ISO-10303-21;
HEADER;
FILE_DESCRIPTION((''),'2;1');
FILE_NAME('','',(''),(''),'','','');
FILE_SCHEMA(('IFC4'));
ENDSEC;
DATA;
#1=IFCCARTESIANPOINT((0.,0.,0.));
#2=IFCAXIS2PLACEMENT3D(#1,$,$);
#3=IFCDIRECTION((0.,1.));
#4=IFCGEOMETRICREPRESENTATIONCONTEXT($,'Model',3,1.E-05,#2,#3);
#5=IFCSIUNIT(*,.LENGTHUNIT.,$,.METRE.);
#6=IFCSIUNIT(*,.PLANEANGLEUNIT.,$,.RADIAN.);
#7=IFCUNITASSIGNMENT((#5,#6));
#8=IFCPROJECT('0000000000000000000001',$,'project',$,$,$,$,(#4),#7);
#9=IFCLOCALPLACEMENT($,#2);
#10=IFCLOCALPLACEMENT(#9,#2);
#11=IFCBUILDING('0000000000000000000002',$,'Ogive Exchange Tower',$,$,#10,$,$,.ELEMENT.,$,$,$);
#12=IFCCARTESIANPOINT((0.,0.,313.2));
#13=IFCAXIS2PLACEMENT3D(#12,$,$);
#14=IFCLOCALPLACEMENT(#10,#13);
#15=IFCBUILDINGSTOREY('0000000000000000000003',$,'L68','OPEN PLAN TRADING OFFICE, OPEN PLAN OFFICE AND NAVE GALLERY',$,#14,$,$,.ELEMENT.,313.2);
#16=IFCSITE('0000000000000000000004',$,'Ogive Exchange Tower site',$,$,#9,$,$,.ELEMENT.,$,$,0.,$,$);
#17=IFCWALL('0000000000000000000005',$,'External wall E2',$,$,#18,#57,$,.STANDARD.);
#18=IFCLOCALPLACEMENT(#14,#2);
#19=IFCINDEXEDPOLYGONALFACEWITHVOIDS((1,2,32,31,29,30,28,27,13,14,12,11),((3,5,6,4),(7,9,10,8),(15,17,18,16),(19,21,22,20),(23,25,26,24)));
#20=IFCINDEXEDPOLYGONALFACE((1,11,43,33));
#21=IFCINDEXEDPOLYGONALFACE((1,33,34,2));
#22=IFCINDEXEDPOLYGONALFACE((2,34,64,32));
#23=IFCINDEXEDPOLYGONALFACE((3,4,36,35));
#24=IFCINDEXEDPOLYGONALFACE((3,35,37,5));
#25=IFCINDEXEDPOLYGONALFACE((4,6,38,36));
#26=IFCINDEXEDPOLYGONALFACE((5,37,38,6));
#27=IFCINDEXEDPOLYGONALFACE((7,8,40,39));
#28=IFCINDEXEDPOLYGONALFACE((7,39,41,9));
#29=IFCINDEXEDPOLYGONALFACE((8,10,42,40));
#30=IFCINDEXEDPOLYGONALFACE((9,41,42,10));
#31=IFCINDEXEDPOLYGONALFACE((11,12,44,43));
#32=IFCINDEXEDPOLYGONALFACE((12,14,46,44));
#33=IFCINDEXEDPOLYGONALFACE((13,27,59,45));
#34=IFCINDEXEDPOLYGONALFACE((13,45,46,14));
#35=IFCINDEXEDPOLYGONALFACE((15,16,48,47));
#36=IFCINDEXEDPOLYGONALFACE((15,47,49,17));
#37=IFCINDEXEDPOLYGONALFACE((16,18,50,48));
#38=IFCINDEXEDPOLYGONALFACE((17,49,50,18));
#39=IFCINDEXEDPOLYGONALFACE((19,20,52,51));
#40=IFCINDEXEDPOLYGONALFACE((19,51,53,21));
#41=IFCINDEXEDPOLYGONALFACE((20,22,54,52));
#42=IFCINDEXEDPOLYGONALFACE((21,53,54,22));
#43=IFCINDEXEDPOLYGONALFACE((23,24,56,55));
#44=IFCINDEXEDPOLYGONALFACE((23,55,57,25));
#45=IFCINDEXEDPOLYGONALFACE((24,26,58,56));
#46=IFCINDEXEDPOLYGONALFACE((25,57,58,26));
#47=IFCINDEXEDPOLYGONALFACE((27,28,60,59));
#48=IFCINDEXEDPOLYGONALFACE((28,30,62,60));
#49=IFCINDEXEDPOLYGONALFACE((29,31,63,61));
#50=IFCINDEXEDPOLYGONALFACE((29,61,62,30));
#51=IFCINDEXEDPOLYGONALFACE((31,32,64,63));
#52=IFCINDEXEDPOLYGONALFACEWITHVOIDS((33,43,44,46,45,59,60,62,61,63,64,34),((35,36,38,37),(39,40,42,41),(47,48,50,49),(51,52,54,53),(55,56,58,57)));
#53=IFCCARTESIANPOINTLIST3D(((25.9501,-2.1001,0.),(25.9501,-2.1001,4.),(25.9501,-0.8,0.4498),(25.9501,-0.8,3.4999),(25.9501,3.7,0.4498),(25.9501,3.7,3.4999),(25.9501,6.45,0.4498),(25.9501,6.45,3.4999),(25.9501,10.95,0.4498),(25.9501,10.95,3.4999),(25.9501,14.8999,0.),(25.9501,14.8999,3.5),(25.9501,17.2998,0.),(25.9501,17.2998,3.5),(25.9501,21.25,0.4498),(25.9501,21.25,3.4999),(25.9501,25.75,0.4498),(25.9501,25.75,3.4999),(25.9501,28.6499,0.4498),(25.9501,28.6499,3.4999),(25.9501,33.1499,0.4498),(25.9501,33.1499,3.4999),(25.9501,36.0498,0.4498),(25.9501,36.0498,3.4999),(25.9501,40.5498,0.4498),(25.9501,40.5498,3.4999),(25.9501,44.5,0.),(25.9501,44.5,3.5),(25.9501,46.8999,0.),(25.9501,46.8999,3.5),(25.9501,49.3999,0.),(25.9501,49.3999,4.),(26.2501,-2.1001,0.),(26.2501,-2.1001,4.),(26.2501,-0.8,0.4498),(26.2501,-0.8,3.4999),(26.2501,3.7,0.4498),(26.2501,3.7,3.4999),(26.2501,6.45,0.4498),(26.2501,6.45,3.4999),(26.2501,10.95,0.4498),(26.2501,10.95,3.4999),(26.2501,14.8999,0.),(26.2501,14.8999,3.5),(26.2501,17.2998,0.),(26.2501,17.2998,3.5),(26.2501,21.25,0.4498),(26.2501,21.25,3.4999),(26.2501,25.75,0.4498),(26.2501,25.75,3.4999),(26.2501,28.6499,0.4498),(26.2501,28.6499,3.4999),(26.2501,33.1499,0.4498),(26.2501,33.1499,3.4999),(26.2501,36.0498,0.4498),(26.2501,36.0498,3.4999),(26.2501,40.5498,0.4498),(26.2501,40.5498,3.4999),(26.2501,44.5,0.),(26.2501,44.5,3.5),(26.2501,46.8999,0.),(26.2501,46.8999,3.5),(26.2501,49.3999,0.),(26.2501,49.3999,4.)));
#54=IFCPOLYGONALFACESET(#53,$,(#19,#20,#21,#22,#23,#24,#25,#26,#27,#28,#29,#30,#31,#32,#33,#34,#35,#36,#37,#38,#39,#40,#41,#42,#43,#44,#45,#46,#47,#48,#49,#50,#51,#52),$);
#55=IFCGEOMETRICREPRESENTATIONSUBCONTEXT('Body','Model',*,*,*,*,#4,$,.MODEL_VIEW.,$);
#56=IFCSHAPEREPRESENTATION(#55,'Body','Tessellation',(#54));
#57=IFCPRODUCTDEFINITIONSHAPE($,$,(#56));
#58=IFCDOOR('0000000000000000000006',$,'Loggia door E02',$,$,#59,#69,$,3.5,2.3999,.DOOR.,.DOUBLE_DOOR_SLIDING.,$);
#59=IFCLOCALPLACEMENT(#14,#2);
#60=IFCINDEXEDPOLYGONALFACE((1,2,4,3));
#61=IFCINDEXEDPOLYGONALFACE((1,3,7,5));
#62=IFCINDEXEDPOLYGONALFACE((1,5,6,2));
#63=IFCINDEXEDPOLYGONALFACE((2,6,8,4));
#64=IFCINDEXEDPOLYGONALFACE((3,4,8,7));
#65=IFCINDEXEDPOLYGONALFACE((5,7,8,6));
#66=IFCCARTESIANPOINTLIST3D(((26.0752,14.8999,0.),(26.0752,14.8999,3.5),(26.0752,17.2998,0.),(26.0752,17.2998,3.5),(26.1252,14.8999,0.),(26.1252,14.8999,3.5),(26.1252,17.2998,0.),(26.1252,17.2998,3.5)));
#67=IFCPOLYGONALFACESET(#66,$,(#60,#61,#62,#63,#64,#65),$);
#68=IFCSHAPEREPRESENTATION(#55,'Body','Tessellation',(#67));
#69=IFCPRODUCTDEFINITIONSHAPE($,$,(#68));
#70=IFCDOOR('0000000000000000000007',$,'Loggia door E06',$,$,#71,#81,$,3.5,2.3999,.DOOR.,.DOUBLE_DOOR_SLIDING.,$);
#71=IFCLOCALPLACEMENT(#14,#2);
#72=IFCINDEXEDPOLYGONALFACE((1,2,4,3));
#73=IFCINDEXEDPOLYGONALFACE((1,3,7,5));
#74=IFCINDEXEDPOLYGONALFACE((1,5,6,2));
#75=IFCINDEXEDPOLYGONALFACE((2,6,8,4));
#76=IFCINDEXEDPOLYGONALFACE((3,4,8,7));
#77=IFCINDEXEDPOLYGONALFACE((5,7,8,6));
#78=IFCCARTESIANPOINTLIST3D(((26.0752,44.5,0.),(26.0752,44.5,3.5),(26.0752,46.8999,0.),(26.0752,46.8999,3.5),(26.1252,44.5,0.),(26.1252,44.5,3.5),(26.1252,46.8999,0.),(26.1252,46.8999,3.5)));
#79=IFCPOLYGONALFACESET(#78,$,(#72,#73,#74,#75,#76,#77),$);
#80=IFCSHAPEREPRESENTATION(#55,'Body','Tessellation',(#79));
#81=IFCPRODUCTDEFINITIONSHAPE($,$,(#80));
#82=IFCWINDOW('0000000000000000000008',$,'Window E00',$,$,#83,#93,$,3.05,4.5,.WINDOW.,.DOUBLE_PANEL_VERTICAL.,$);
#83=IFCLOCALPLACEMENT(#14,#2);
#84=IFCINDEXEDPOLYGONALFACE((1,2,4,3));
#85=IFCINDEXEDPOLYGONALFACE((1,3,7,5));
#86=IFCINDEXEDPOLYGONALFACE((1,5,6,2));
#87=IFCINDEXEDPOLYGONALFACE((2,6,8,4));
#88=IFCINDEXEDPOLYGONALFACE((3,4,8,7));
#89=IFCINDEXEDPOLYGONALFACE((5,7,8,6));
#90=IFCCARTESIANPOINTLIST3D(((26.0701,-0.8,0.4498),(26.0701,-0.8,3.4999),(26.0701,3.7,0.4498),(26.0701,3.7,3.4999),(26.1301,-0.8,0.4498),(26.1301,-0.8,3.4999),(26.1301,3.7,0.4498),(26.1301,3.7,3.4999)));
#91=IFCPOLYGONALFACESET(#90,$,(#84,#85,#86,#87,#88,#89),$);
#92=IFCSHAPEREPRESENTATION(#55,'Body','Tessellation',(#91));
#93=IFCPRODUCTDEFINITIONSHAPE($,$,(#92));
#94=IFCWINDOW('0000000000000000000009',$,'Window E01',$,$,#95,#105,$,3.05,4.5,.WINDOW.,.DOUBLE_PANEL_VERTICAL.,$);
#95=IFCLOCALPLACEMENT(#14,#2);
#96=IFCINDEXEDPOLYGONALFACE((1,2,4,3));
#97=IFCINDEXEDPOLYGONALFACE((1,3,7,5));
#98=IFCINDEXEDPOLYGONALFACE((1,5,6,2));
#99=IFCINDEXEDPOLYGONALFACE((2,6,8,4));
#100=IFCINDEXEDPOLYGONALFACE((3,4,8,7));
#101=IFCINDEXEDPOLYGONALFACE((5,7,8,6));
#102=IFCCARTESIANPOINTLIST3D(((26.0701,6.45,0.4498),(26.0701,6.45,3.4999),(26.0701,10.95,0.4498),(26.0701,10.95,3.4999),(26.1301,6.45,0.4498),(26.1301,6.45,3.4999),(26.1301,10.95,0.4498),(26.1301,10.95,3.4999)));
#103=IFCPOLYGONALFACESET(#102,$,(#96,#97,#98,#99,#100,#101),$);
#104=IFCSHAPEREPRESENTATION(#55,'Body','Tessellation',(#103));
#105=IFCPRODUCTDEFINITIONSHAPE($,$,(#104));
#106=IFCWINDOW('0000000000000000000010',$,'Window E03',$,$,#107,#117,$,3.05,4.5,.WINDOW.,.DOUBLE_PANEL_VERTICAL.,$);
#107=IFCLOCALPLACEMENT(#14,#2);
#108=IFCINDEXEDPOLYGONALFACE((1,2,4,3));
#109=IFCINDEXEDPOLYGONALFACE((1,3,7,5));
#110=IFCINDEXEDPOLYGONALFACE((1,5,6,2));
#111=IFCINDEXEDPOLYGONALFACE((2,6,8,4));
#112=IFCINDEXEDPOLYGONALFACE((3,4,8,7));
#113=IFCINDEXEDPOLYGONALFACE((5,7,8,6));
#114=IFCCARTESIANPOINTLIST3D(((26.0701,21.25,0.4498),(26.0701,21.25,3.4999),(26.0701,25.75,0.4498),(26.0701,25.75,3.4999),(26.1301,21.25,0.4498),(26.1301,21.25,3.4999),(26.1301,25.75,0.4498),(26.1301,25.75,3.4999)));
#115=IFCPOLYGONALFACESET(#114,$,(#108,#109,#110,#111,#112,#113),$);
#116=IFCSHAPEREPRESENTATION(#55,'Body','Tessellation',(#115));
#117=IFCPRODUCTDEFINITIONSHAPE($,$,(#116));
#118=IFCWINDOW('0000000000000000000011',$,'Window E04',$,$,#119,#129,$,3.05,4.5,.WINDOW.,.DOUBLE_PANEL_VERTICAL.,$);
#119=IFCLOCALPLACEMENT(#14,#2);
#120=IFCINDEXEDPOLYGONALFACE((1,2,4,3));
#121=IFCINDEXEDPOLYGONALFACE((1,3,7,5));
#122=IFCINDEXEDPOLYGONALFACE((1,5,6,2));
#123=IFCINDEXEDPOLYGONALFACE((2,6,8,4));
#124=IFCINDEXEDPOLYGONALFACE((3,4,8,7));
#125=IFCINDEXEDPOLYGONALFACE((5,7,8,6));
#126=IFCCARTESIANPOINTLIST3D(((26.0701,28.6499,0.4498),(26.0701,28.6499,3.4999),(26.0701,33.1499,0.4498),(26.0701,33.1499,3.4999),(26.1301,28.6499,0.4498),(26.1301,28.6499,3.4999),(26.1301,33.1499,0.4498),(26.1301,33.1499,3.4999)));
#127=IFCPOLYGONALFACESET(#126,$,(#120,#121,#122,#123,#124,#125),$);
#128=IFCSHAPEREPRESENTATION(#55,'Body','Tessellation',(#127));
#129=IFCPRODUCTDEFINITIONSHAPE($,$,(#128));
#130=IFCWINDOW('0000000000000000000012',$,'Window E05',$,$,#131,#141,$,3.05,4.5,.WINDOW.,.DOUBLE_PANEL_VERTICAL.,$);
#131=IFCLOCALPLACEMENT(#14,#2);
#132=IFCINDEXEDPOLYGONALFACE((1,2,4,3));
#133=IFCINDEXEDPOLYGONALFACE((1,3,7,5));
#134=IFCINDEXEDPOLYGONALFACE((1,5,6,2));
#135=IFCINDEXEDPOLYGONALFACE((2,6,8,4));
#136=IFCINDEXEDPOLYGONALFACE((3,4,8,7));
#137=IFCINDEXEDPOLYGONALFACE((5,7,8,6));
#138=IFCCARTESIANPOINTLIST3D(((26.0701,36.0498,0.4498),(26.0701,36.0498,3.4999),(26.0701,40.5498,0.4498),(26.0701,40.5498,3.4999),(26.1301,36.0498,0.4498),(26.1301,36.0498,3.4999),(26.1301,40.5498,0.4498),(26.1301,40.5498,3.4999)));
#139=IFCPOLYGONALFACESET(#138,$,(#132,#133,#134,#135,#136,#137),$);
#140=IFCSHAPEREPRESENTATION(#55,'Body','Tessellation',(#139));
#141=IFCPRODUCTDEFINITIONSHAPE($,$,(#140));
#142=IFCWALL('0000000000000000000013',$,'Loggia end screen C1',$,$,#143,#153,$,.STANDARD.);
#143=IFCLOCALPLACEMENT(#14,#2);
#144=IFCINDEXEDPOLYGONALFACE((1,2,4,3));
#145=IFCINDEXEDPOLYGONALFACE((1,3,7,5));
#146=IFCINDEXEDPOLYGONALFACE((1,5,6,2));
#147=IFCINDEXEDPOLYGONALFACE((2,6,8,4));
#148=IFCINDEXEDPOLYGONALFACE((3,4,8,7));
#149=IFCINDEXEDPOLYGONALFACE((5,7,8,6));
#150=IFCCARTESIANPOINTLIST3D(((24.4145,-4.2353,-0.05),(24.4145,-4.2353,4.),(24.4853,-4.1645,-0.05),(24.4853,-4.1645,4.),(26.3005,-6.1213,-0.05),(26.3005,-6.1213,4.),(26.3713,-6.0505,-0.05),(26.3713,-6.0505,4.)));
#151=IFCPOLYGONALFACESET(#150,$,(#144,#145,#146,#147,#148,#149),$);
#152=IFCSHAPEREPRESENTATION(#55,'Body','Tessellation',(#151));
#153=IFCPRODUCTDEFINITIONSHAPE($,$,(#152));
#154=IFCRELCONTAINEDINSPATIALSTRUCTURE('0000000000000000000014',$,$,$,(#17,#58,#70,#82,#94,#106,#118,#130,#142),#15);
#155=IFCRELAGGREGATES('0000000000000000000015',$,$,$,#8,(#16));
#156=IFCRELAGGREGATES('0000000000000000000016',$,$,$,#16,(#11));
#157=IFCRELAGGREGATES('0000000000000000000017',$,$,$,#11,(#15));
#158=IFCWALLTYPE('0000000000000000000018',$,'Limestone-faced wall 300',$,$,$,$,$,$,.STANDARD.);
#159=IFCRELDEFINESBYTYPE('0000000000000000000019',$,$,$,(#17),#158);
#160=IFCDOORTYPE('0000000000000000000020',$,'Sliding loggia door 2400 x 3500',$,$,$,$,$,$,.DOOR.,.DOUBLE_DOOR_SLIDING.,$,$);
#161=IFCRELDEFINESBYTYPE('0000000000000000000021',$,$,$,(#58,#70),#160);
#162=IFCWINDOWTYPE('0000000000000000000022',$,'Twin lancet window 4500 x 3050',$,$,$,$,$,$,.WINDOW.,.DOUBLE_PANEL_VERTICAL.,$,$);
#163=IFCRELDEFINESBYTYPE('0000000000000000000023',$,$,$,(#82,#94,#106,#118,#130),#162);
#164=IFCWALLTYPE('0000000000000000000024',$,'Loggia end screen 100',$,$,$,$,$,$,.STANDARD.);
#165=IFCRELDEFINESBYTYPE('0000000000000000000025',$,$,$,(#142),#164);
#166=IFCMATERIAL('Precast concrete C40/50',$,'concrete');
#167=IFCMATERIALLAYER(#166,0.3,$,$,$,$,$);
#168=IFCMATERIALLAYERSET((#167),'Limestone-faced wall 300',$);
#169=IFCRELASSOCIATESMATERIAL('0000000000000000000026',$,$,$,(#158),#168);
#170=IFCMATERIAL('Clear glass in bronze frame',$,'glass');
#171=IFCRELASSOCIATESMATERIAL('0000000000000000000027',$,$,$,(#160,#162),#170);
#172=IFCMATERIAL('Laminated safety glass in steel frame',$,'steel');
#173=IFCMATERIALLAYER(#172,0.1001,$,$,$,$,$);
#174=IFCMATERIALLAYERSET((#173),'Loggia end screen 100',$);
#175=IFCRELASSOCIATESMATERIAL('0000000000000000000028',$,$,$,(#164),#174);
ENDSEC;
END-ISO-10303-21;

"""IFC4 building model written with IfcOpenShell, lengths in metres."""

from ifc_helpers import new_model, si_unit, direction, frame, frame_2d, origin, place, context, subcontext, project, spatial, rectangle, extrude, material, layer, layer_set, type_object, element, fill, save


model = new_model("IFC4")

# Units and contexts
model_context = context("Model", 3, precision=1e-05, world=origin(), true_north=direction((0.0, 1.0)))
body_context = subcontext(model_context, "Body", "Model", "MODEL_VIEW")
ifc_project = project(units=[si_unit("LENGTHUNIT", "METRE"), si_unit("PLANEANGLEUNIT", "RADIAN")], contexts=[model_context])

# Site, building, storey
site_placement = place(None, origin())
site = spatial("IfcSite", under=ifc_project, at=site_placement, Name="Ogive Exchange Tower site", CompositionType="ELEMENT", RefElevation=0.0)
building_placement = place(site_placement, origin())
building = spatial("IfcBuilding", under=site, at=building_placement, Name="Ogive Exchange Tower", CompositionType="ELEMENT")
storey_placement = place(building_placement, frame((0.0, 0.0, 313.2)))
storey = spatial("IfcBuildingStorey", under=building, at=storey_placement, Name="L68", Description="OPEN PLAN TRADING OFFICE, OPEN PLAN OFFICE AND NAVE GALLERY", CompositionType="ELEMENT", Elevation=313.2)

# Wall, openings, doors, windows
ifc_material_1 = material(Name="Precast concrete C40/50", Category="concrete")
ifc_layer_1 = layer(ifc_material_1, 0.3)
ifc_layer_set_1 = layer_set([ifc_layer_1], Name="Limestone-faced wall 300")
wall_type_1 = type_object("IfcWallType", Name="Limestone-faced wall 300", PredefinedType="STANDARD", material=ifc_layer_set_1)
wall_1_placement = place(storey_placement, frame((26.1001, -2.1001, 0.0), z_axis=(0.0, 0.0, 1.0), x_axis=(0.0, 1.0, 0.0)))
wall_1 = element("IfcWall", 1, at=wall_1_placement, inside=storey, type_object=wall_type_1, Name="External wall E2", PredefinedType="STANDARD", context=body_context, shape_type="SweptSolid", body=[
    extrude(rectangle(XDim=51.5, YDim=0.3, at=frame_2d((25.75, 0.0))), origin(), (0.0, 0.0, 1.0), 4.0),
])
opening_1_placement = place(wall_1_placement, frame((1.3, 0.0, 0.45)))
opening_1 = element("IfcOpeningElement", 2, at=opening_1_placement, cuts=wall_1, PredefinedType="OPENING", context=body_context, shape_type="SweptSolid", body=[
    extrude(rectangle(XDim=4.5, YDim=3.05, at=frame_2d((2.25, 1.5249))), frame((0.0, 0.1599, 0.0), z_axis=(0.0, -1.0, 0.0), x_axis=(1.0, 0.0, 0.0)), (0.0, 0.0, 1.0), 0.3201),
])
opening_2_placement = place(wall_1_placement, frame((8.55, 0.0, 0.45)))
opening_2 = element("IfcOpeningElement", 3, at=opening_2_placement, cuts=wall_1, PredefinedType="OPENING", context=body_context, shape_type="SweptSolid", body=[
    extrude(rectangle(XDim=4.5, YDim=3.05, at=frame_2d((2.25, 1.5249))), frame((0.0, 0.1599, 0.0), z_axis=(0.0, -1.0, 0.0), x_axis=(1.0, 0.0, 0.0)), (0.0, 0.0, 1.0), 0.3201),
])
opening_3_placement = place(wall_1_placement, frame((17.0, 0.0, 0.0)))
opening_3 = element("IfcOpeningElement", 4, at=opening_3_placement, cuts=wall_1, PredefinedType="OPENING", context=body_context, shape_type="SweptSolid", body=[
    extrude(rectangle(XDim=2.3999, YDim=3.5, at=frame_2d((1.2, 1.75))), frame((0.0, 0.1599, 0.0), z_axis=(0.0, -1.0, 0.0), x_axis=(1.0, 0.0, 0.0)), (0.0, 0.0, 1.0), 0.3201),
])
opening_4_placement = place(wall_1_placement, frame((23.3501, 0.0, 0.45)))
opening_4 = element("IfcOpeningElement", 5, at=opening_4_placement, cuts=wall_1, PredefinedType="OPENING", context=body_context, shape_type="SweptSolid", body=[
    extrude(rectangle(XDim=4.5, YDim=3.05, at=frame_2d((2.25, 1.5249))), frame((0.0, 0.1599, 0.0), z_axis=(0.0, -1.0, 0.0), x_axis=(1.0, 0.0, 0.0)), (0.0, 0.0, 1.0), 0.3201),
])
opening_5_placement = place(wall_1_placement, frame((30.75, 0.0, 0.45)))
opening_5 = element("IfcOpeningElement", 6, at=opening_5_placement, cuts=wall_1, PredefinedType="OPENING", context=body_context, shape_type="SweptSolid", body=[
    extrude(rectangle(XDim=4.5, YDim=3.05, at=frame_2d((2.25, 1.5249))), frame((0.0, 0.1599, 0.0), z_axis=(0.0, -1.0, 0.0), x_axis=(1.0, 0.0, 0.0)), (0.0, 0.0, 1.0), 0.3201),
])
opening_6_placement = place(wall_1_placement, frame((38.1499, 0.0, 0.45)))
opening_6 = element("IfcOpeningElement", 7, at=opening_6_placement, cuts=wall_1, PredefinedType="OPENING", context=body_context, shape_type="SweptSolid", body=[
    extrude(rectangle(XDim=4.5, YDim=3.05, at=frame_2d((2.25, 1.5249))), frame((0.0, 0.1599, 0.0), z_axis=(0.0, -1.0, 0.0), x_axis=(1.0, 0.0, 0.0)), (0.0, 0.0, 1.0), 0.3201),
])
opening_7_placement = place(wall_1_placement, frame((46.6001, 0.0, 0.0)))
opening_7 = element("IfcOpeningElement", 8, at=opening_7_placement, cuts=wall_1, PredefinedType="OPENING", context=body_context, shape_type="SweptSolid", body=[
    extrude(rectangle(XDim=2.3999, YDim=3.5, at=frame_2d((1.2, 1.75))), frame((0.0, 0.1599, 0.0), z_axis=(0.0, -1.0, 0.0), x_axis=(1.0, 0.0, 0.0)), (0.0, 0.0, 1.0), 0.3201),
])
ifc_material_2 = material(Name="Clear glass in bronze frame", Category="glass")
door_type_1 = type_object("IfcDoorType", Name="Sliding loggia door 2400 x 3500", OperationType="DOUBLE_DOOR_SLIDING", PredefinedType="DOOR", material=ifc_material_2)
door_1_placement = place(opening_3_placement, origin())
door_1 = element("IfcDoor", 9, at=door_1_placement, inside=storey, type_object=door_type_1, Name="Loggia door E02", OperationType="DOUBLE_DOOR_SLIDING", OverallHeight=3.5, OverallWidth=2.3999, PredefinedType="DOOR", context=body_context, shape_type="SweptSolid", body=[
    extrude(rectangle(XDim=2.3999, YDim=3.5, at=frame_2d((1.2, 1.75))), frame((0.0, 0.0249, 0.0), z_axis=(0.0, -1.0, 0.0), x_axis=(1.0, 0.0, 0.0)), (0.0, 0.0, 1.0), 0.05),
])
fill(opening_3, door_1)
door_2_placement = place(opening_7_placement, origin())
door_2 = element("IfcDoor", 10, at=door_2_placement, inside=storey, type_object=door_type_1, Name="Loggia door E06", OperationType="DOUBLE_DOOR_SLIDING", OverallHeight=3.5, OverallWidth=2.3999, PredefinedType="DOOR", context=body_context, shape_type="SweptSolid", body=[
    extrude(rectangle(XDim=2.3999, YDim=3.5, at=frame_2d((1.2, 1.75))), frame((0.0, 0.0249, 0.0), z_axis=(0.0, -1.0, 0.0), x_axis=(1.0, 0.0, 0.0)), (0.0, 0.0, 1.0), 0.05),
])
fill(opening_7, door_2)
window_type = type_object("IfcWindowType", Name="Twin lancet window 4500 x 3050", PartitioningType="DOUBLE_PANEL_VERTICAL", PredefinedType="WINDOW", material=ifc_material_2)
window_1_placement = place(opening_1_placement, origin())
window_1 = element("IfcWindow", 11, at=window_1_placement, inside=storey, type_object=window_type, Name="Window E00", OverallHeight=3.05, OverallWidth=4.5, PartitioningType="DOUBLE_PANEL_VERTICAL", PredefinedType="WINDOW", context=body_context, shape_type="SweptSolid", body=[
    extrude(rectangle(XDim=4.5, YDim=3.05, at=frame_2d((2.25, 1.5249))), frame((0.0, 0.03, 0.0), z_axis=(0.0, -1.0, 0.0), x_axis=(1.0, 0.0, 0.0)), (0.0, 0.0, 1.0), 0.0601),
])
fill(opening_1, window_1)
window_2_placement = place(opening_2_placement, origin())
window_2 = element("IfcWindow", 12, at=window_2_placement, inside=storey, type_object=window_type, Name="Window E01", OverallHeight=3.05, OverallWidth=4.5, PartitioningType="DOUBLE_PANEL_VERTICAL", PredefinedType="WINDOW", context=body_context, shape_type="SweptSolid", body=[
    extrude(rectangle(XDim=4.5, YDim=3.05, at=frame_2d((2.25, 1.5249))), frame((0.0, 0.03, 0.0), z_axis=(0.0, -1.0, 0.0), x_axis=(1.0, 0.0, 0.0)), (0.0, 0.0, 1.0), 0.0601),
])
fill(opening_2, window_2)
window_3_placement = place(opening_4_placement, origin())
window_3 = element("IfcWindow", 13, at=window_3_placement, inside=storey, type_object=window_type, Name="Window E03", OverallHeight=3.05, OverallWidth=4.5, PartitioningType="DOUBLE_PANEL_VERTICAL", PredefinedType="WINDOW", context=body_context, shape_type="SweptSolid", body=[
    extrude(rectangle(XDim=4.5, YDim=3.05, at=frame_2d((2.25, 1.5249))), frame((0.0, 0.03, 0.0), z_axis=(0.0, -1.0, 0.0), x_axis=(1.0, 0.0, 0.0)), (0.0, 0.0, 1.0), 0.0601),
])
fill(opening_4, window_3)
window_4_placement = place(opening_5_placement, origin())
window_4 = element("IfcWindow", 14, at=window_4_placement, inside=storey, type_object=window_type, Name="Window E04", OverallHeight=3.05, OverallWidth=4.5, PartitioningType="DOUBLE_PANEL_VERTICAL", PredefinedType="WINDOW", context=body_context, shape_type="SweptSolid", body=[
    extrude(rectangle(XDim=4.5, YDim=3.05, at=frame_2d((2.25, 1.5249))), frame((0.0, 0.03, 0.0), z_axis=(0.0, -1.0, 0.0), x_axis=(1.0, 0.0, 0.0)), (0.0, 0.0, 1.0), 0.0601),
])
fill(opening_5, window_4)
window_5_placement = place(opening_6_placement, origin())
window_5 = element("IfcWindow", 15, at=window_5_placement, inside=storey, type_object=window_type, Name="Window E05", OverallHeight=3.05, OverallWidth=4.5, PartitioningType="DOUBLE_PANEL_VERTICAL", PredefinedType="WINDOW", context=body_context, shape_type="SweptSolid", body=[
    extrude(rectangle(XDim=4.5, YDim=3.05, at=frame_2d((2.25, 1.5249))), frame((0.0, 0.03, 0.0), z_axis=(0.0, -1.0, 0.0), x_axis=(1.0, 0.0, 0.0)), (0.0, 0.0, 1.0), 0.0601),
])
fill(opening_6, window_5)

# Wall
ifc_material_3 = material(Name="Laminated safety glass in steel frame", Category="steel")
ifc_layer_2 = layer(ifc_material_3, 0.1001)
ifc_layer_set_2 = layer_set([ifc_layer_2], Name="Loggia end screen 100")
wall_type_2 = type_object("IfcWallType", Name="Loggia end screen 100", PredefinedType="STANDARD", material=ifc_layer_set_2)
wall_2_placement = place(storey_placement, frame((24.45, -4.2, -0.05), z_axis=(0.0, 0.0, 1.0), x_axis=(0.707107, -0.707107, 0.0)))
element("IfcWall", 16, at=wall_2_placement, inside=storey, type_object=wall_type_2, Name="Loggia end screen C1", PredefinedType="STANDARD", context=body_context, shape_type="SweptSolid", body=[
    extrude(rectangle(XDim=2.6672, YDim=0.1001, at=frame_2d((1.3335, 0.0))), origin(), (0.0, 0.0, 1.0), 4.05),
])

save(model, "model.ifc")
